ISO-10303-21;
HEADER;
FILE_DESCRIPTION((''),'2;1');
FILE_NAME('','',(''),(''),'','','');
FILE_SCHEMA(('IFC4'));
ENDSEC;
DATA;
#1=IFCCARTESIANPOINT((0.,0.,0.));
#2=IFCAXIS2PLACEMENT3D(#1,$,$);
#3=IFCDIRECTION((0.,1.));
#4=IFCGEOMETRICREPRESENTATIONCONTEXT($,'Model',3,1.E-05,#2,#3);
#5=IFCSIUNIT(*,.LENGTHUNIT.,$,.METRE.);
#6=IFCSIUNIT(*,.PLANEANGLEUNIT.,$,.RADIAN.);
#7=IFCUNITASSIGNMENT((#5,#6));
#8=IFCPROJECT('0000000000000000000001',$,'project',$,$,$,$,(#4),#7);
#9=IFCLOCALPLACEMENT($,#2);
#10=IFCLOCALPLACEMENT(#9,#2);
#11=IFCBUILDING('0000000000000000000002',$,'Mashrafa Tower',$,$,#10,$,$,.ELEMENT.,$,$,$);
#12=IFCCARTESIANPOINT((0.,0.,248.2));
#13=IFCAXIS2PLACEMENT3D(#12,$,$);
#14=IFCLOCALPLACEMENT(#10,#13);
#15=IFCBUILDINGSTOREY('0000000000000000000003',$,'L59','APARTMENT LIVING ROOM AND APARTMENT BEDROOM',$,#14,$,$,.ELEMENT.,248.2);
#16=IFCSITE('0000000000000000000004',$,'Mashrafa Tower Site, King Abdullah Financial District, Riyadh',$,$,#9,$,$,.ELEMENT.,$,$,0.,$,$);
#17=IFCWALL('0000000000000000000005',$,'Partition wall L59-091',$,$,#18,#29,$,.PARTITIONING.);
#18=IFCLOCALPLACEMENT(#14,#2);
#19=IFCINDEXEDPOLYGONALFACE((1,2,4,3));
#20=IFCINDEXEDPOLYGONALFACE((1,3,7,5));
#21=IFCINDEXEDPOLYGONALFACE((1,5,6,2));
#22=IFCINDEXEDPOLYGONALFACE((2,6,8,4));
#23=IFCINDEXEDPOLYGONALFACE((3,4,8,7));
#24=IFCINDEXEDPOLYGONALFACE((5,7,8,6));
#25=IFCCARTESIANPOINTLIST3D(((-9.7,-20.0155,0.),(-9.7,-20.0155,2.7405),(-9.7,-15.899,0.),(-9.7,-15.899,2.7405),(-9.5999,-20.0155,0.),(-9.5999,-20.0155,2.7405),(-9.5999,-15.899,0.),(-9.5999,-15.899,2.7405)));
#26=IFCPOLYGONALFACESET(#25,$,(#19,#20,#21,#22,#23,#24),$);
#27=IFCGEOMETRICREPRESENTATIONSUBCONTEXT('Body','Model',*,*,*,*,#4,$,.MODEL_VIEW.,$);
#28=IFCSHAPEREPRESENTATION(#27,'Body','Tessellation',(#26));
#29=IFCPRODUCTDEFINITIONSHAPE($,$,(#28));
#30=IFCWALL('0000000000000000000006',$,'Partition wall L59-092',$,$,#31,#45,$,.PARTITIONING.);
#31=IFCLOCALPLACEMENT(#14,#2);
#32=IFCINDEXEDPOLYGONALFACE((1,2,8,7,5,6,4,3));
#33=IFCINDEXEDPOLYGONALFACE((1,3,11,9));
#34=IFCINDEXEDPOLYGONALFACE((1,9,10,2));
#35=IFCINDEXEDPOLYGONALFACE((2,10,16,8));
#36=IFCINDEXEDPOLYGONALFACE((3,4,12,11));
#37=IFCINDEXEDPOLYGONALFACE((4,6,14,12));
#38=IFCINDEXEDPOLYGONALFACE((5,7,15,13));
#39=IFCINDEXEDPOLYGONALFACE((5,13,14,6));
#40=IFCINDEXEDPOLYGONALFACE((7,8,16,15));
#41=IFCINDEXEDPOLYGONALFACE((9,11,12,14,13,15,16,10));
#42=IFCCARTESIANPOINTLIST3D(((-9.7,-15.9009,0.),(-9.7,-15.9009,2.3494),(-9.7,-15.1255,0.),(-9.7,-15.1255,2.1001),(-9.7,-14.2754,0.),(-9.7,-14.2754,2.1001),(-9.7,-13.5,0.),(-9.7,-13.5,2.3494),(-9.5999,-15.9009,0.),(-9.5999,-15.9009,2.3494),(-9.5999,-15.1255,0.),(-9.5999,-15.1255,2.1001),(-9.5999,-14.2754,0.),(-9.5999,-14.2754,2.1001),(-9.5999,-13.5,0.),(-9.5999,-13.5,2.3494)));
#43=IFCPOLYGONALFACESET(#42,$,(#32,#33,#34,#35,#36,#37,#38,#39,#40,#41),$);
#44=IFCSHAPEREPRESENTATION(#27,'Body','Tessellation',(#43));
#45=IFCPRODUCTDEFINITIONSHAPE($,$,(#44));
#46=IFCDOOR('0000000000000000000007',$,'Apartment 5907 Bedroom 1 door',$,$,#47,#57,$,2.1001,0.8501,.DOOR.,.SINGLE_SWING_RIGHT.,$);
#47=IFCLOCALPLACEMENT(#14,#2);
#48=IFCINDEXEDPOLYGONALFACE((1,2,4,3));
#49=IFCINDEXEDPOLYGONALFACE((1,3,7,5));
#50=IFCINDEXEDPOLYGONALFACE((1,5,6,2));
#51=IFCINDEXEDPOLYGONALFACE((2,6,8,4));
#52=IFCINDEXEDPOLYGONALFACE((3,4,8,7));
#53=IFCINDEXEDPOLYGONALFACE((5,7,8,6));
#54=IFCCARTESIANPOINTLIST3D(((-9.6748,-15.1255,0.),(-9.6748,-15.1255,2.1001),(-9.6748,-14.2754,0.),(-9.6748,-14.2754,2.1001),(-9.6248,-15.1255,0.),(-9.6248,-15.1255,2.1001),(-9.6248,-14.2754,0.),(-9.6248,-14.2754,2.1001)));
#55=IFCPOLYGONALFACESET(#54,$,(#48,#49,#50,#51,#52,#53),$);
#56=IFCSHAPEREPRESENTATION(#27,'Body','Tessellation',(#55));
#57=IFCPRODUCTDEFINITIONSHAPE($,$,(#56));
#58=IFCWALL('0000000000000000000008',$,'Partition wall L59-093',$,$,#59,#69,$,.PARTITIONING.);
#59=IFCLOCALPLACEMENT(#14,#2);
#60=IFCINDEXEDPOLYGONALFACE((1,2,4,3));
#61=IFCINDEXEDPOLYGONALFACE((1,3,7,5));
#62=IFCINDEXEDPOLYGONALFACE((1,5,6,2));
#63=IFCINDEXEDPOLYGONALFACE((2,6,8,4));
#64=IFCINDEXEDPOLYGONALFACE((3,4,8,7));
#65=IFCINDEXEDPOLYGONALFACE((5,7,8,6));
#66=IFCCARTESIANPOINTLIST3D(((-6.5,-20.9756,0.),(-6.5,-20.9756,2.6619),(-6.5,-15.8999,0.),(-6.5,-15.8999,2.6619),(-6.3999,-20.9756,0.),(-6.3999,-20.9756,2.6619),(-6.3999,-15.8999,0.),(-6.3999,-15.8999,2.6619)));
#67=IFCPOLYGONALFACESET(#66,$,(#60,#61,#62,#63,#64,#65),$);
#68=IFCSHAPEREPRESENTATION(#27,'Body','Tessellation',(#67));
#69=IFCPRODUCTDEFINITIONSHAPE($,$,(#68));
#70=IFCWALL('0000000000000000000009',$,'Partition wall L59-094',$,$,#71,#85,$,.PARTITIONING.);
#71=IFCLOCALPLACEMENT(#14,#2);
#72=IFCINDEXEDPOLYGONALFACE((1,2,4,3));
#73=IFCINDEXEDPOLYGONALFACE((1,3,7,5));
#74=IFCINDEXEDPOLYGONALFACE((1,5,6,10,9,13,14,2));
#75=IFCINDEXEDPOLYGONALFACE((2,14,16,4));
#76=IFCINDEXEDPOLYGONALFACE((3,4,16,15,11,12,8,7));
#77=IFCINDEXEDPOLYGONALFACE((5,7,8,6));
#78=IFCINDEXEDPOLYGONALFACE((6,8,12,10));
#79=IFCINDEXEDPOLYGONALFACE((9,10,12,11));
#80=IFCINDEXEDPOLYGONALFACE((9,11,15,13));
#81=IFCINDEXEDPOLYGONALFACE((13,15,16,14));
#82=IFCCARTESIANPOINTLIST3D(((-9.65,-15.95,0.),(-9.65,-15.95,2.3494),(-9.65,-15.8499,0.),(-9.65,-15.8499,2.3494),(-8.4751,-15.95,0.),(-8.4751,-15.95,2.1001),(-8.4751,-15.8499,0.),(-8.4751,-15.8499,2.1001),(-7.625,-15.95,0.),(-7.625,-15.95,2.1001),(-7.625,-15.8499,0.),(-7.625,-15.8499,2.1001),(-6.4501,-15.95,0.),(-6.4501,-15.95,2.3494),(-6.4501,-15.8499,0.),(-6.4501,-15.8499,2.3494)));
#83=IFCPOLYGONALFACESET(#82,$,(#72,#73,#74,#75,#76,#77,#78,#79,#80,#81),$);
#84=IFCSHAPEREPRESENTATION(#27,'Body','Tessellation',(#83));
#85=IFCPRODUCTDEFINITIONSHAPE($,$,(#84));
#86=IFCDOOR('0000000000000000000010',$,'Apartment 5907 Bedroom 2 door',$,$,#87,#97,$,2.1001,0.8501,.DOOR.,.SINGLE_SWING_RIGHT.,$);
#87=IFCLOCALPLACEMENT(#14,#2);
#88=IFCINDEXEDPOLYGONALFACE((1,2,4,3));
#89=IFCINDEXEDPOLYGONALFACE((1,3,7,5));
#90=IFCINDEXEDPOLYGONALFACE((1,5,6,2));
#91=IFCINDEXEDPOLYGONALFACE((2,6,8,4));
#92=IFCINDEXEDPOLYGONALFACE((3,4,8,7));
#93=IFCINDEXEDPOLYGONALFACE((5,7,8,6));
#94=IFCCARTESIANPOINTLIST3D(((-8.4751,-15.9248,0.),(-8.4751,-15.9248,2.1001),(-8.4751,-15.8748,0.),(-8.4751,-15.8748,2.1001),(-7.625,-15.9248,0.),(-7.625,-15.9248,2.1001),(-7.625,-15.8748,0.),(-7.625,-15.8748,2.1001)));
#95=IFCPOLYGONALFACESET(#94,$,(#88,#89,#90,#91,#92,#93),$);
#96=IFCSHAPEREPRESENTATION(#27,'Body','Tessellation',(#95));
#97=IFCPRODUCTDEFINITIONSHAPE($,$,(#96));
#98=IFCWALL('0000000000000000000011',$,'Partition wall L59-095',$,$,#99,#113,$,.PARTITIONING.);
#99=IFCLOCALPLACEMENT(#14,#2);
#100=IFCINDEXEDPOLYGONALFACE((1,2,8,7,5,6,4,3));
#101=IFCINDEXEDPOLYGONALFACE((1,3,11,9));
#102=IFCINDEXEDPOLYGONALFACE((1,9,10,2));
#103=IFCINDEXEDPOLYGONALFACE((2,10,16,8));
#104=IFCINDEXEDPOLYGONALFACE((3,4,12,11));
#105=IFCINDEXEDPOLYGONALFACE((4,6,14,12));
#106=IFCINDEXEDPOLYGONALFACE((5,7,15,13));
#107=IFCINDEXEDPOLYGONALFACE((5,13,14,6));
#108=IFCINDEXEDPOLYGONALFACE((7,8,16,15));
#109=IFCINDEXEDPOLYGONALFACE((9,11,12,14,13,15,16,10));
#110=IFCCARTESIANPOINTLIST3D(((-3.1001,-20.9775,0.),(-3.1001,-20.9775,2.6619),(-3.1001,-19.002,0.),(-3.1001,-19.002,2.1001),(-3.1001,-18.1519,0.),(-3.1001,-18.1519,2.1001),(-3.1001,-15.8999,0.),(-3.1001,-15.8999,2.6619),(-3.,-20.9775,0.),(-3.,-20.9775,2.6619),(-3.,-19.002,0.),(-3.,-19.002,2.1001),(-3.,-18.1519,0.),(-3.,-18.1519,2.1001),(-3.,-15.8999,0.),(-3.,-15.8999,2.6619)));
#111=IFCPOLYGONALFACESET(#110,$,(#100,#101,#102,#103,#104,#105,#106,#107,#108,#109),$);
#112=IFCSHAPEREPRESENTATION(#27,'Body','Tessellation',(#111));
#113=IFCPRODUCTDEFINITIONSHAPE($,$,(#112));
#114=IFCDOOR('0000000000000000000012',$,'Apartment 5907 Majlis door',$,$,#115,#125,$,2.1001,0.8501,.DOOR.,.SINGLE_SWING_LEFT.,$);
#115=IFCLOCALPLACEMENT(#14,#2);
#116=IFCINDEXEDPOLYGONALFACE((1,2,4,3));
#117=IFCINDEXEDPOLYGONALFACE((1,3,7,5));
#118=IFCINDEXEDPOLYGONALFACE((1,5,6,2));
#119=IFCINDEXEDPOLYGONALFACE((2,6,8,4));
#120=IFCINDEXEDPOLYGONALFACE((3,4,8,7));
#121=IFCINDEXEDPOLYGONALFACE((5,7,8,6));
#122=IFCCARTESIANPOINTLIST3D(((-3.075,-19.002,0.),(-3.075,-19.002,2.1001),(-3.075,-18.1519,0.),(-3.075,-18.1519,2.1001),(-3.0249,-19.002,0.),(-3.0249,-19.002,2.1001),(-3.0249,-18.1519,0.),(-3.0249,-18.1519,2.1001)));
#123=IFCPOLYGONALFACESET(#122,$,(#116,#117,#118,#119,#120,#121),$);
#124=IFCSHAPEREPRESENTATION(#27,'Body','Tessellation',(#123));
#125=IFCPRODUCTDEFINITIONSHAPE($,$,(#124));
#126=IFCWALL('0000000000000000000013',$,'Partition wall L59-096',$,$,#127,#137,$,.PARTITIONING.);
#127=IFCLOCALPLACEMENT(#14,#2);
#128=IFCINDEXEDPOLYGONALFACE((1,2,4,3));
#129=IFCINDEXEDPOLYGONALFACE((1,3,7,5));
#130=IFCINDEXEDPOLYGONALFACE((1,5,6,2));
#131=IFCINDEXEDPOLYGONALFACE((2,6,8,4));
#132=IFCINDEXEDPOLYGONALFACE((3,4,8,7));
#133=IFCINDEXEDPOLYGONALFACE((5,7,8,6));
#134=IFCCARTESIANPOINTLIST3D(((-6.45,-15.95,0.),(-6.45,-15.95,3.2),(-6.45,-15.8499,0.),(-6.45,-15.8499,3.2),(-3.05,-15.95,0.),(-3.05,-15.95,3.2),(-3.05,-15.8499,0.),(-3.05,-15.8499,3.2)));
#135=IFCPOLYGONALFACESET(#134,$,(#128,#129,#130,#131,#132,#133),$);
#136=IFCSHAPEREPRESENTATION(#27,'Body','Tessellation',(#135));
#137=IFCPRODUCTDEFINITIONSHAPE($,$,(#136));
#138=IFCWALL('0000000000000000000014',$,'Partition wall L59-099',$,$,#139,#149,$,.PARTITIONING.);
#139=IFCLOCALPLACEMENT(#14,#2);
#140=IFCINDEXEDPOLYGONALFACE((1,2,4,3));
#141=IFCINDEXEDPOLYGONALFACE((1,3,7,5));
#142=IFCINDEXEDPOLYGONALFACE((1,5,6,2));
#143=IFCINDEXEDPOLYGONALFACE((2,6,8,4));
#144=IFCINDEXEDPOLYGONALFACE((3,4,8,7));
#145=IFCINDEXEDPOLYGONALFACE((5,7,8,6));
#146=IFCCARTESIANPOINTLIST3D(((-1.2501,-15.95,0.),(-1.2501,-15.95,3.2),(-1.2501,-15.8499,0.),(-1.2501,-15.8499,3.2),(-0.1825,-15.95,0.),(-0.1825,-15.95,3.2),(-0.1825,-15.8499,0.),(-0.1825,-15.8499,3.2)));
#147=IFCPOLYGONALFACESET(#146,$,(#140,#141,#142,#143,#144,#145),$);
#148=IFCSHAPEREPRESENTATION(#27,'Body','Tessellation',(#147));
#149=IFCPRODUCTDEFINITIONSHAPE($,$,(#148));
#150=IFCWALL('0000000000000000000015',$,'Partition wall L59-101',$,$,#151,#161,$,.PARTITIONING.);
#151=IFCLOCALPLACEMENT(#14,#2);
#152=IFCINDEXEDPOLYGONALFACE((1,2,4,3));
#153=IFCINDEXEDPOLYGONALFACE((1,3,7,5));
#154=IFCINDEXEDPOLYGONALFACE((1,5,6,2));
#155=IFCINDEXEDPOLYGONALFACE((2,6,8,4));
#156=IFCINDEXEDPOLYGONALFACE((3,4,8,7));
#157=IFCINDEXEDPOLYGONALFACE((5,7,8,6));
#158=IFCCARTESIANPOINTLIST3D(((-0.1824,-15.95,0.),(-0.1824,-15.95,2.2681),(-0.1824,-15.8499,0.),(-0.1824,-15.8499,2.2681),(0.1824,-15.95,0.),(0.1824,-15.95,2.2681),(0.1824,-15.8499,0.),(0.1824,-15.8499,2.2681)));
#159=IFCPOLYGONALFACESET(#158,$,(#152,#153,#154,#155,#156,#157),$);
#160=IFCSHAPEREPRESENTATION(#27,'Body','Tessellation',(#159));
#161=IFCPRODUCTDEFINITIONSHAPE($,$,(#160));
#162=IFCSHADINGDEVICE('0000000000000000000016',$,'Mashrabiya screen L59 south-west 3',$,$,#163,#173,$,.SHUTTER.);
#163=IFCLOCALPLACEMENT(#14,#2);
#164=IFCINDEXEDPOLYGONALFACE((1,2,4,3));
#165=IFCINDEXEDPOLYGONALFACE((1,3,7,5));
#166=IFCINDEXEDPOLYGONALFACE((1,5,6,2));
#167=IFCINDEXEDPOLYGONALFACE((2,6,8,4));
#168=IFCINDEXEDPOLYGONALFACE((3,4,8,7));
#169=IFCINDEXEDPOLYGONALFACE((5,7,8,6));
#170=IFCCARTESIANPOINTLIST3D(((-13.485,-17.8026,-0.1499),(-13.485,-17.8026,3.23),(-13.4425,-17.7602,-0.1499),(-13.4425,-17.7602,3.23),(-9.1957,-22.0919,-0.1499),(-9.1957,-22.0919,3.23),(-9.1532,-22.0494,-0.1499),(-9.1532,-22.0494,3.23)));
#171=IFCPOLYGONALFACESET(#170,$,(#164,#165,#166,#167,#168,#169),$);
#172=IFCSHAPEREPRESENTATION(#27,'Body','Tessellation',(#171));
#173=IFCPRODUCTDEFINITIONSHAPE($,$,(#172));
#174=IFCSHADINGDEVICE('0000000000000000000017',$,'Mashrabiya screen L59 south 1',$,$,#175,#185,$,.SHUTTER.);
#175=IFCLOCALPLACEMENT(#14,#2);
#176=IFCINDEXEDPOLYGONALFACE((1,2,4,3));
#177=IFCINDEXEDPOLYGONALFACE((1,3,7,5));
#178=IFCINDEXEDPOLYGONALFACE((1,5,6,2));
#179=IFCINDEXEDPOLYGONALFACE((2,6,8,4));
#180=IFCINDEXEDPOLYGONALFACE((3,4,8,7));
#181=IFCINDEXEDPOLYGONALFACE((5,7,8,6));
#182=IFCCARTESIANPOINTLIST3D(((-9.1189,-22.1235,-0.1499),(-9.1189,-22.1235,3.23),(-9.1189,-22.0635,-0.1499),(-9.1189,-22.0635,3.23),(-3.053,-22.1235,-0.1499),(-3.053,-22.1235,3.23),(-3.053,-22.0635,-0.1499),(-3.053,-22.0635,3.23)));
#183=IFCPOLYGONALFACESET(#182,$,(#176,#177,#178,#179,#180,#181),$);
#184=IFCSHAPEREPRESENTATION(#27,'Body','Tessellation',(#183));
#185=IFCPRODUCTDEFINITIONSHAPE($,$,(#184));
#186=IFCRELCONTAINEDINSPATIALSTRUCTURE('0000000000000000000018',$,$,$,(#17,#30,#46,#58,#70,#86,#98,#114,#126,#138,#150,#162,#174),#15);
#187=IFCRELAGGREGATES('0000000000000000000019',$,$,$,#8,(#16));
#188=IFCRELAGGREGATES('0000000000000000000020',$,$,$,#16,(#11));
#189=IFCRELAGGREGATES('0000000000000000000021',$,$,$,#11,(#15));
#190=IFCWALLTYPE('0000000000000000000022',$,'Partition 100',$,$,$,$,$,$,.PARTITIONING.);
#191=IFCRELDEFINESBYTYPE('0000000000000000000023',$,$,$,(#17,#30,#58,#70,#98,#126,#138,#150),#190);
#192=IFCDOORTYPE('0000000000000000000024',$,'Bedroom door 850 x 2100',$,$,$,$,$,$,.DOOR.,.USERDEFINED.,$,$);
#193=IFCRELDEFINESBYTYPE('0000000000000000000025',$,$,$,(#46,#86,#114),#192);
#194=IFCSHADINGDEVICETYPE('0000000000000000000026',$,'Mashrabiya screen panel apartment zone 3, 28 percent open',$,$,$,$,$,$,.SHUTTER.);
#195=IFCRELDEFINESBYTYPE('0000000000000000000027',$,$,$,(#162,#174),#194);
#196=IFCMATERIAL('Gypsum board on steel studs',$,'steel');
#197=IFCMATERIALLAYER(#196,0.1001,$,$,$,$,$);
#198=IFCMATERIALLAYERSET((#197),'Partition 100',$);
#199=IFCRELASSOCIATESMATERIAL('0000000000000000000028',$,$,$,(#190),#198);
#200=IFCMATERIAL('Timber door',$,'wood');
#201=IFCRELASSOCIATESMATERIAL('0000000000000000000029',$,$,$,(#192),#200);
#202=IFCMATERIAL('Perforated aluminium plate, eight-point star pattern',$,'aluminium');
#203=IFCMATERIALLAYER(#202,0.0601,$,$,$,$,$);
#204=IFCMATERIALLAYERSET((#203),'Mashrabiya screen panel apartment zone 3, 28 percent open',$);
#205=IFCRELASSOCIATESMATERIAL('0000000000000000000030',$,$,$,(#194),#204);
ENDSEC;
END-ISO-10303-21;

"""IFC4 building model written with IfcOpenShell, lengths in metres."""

from ifc_helpers import new_model, si_unit, direction, frame, frame_2d, origin, origin_2d, place, context, subcontext, project, spatial, rectangle, extrude, source, transform, mapped, material, layer, layer_set, type_object, type_shapes, element, fill, save


model = new_model("IFC4")

# Units and contexts
model_context = context("Model", 3, precision=1e-05, world=origin(), true_north=direction((0.0, 1.0)))
body_context = subcontext(model_context, "Body", "Model", "MODEL_VIEW")
ifc_project = project(units=[si_unit("LENGTHUNIT", "METRE"), si_unit("PLANEANGLEUNIT", "RADIAN")], contexts=[model_context])

# Site, building, storey
site_placement = place(None, origin())
site = spatial("IfcSite", under=ifc_project, at=site_placement, Name="Mashrafa Tower Site, King Abdullah Financial District, Riyadh", CompositionType="ELEMENT", RefElevation=0.0)
building_placement = place(site_placement, origin())
building = spatial("IfcBuilding", under=site, at=building_placement, Name="Mashrafa Tower", CompositionType="ELEMENT")
storey_placement = place(building_placement, frame((0.0, 0.0, 248.2)))
storey = spatial("IfcBuildingStorey", under=building, at=storey_placement, Name="L59", Description="APARTMENT LIVING ROOM AND APARTMENT BEDROOM", CompositionType="ELEMENT", Elevation=248.2)

# Wall
ifc_material_1 = material(Name="Gypsum board on steel studs", Category="steel")
ifc_layer_1 = layer(ifc_material_1, 0.1001)
ifc_layer_set_1 = layer_set([ifc_layer_1], Name="Partition 100")
wall_type = type_object("IfcWallType", Name="Partition 100", PredefinedType="PARTITIONING", material=ifc_layer_set_1)
wall_1_placement = place(storey_placement, frame((-9.6499, -20.0154, 0.0), z_axis=(0.0, 0.0, 1.0), x_axis=(0.0, 1.0, 0.0)))
element("IfcWall", 1, at=wall_1_placement, inside=storey, type_object=wall_type, Name="Partition wall L59-091", PredefinedType="PARTITIONING", context=body_context, shape_type="SweptSolid", body=[
    extrude(rectangle(XDim=4.1165, YDim=0.1001, at=frame_2d((2.0581, 0.0))), origin(), (0.0, 0.0, 1.0), 2.7405),
])

# Wall, opening, door
wall_2_placement = place(storey_placement, frame((-9.6499, -15.9009, 0.0), z_axis=(0.0, 0.0, 1.0), x_axis=(0.0, 1.0, 0.0)))
wall_2 = element("IfcWall", 2, at=wall_2_placement, inside=storey, type_object=wall_type, Name="Partition wall L59-092", PredefinedType="PARTITIONING", context=body_context, shape_type="SweptSolid", body=[
    extrude(rectangle(XDim=2.4009, YDim=0.1001, at=frame_2d((1.2004, 0.0))), origin(), (0.0, 0.0, 1.0), 2.3494),
])
opening_1_placement = place(wall_2_placement, frame((0.7754, 0.0, 0.0)))
opening_1 = element("IfcOpeningElement", 3, at=opening_1_placement, cuts=wall_2, PredefinedType="OPENING", context=body_context, shape_type="SweptSolid", body=[
    extrude(rectangle(XDim=0.8501, YDim=2.1001, at=frame_2d((0.425, 1.05))), frame((0.0, 0.0601, 0.0), z_axis=(0.0, -1.0, 0.0), x_axis=(1.0, 0.0, 0.0)), (0.0, 0.0, 1.0), 0.1201),
])
ifc_material_2 = material(Name="Timber door", Category="wood")
door_type = type_object("IfcDoorType", Name="Bedroom door 850 x 2100", OperationType="USERDEFINED", PredefinedType="DOOR", material=ifc_material_2)
door_1_placement = place(opening_1_placement, origin())
door_1 = element("IfcDoor", 4, at=door_1_placement, inside=storey, type_object=door_type, Name="Apartment 5907 Bedroom 1 door", OperationType="SINGLE_SWING_RIGHT", OverallHeight=2.1001, OverallWidth=0.8501, PredefinedType="DOOR", context=body_context, shape_type="SweptSolid", body=[
    extrude(rectangle(XDim=0.8501, YDim=2.1001, at=frame_2d((0.425, 1.05))), frame((0.0, 0.0249, 0.0), z_axis=(0.0, -1.0, 0.0), x_axis=(1.0, 0.0, 0.0)), (0.0, 0.0, 1.0), 0.05),
])
fill(opening_1, door_1)

# Wall
wall_3_placement = place(storey_placement, frame((-6.45, -20.9756, 0.0), z_axis=(0.0, 0.0, 1.0), x_axis=(0.0, 1.0, 0.0)))
element("IfcWall", 5, at=wall_3_placement, inside=storey, type_object=wall_type, Name="Partition wall L59-093", PredefinedType="PARTITIONING", context=body_context, shape_type="SweptSolid", body=[
    extrude(rectangle(XDim=5.0757, YDim=0.1001, at=frame_2d((2.5378, 0.0))), origin(), (0.0, 0.0, 1.0), 2.6619),
])

# Walls, openings, doors
wall_4_placement = place(storey_placement, frame((-6.45, -15.8999, 0.0), z_axis=(0.0, 0.0, 1.0), x_axis=(-1.0, 0.0, 0.0)))
wall_4 = element("IfcWall", 6, at=wall_4_placement, inside=storey, type_object=wall_type, Name="Partition wall L59-094", PredefinedType="PARTITIONING", context=body_context, shape_type="SweptSolid", body=[
    extrude(rectangle(XDim=3.2, YDim=0.1001, at=frame_2d((1.6001, 0.0))), origin(), (0.0, 0.0, 1.0), 2.3494),
])
opening_2_placement = place(wall_4_placement, frame((1.175, 0.0, 0.0)))
opening_2 = element("IfcOpeningElement", 7, at=opening_2_placement, cuts=wall_4, PredefinedType="OPENING", context=body_context, shape_type="SweptSolid", body=[
    extrude(rectangle(XDim=0.8501, YDim=2.1001, at=frame_2d((0.425, 1.05))), frame((0.0, 0.0601, 0.0), z_axis=(0.0, -1.0, 0.0), x_axis=(1.0, 0.0, 0.0)), (0.0, 0.0, 1.0), 0.1201),
])
door_2_placement = place(opening_2_placement, origin())
door_2 = element("IfcDoor", 8, at=door_2_placement, inside=storey, type_object=door_type, Name="Apartment 5907 Bedroom 2 door", OperationType="SINGLE_SWING_RIGHT", OverallHeight=2.1001, OverallWidth=0.8501, PredefinedType="DOOR", context=body_context, shape_type="SweptSolid", body=[
    extrude(rectangle(XDim=0.8501, YDim=2.1001, at=frame_2d((0.425, 1.05))), frame((0.0, 0.0249, 0.0), z_axis=(0.0, -1.0, 0.0), x_axis=(1.0, 0.0, 0.0)), (0.0, 0.0, 1.0), 0.05),
])
fill(opening_2, door_2)
wall_5_placement = place(storey_placement, frame((-3.05, -20.9775, 0.0), z_axis=(0.0, 0.0, 1.0), x_axis=(0.0, 1.0, 0.0)))
wall_5 = element("IfcWall", 9, at=wall_5_placement, inside=storey, type_object=wall_type, Name="Partition wall L59-095", PredefinedType="PARTITIONING", context=body_context, shape_type="SweptSolid", body=[
    extrude(rectangle(XDim=5.0776, YDim=0.1001, at=frame_2d((2.5388, 0.0))), origin(), (0.0, 0.0, 1.0), 2.6619),
])
opening_3_placement = place(wall_5_placement, frame((1.9756, 0.0, 0.0)))
opening_3 = element("IfcOpeningElement", 10, at=opening_3_placement, cuts=wall_5, PredefinedType="OPENING", context=body_context, shape_type="SweptSolid", body=[
    extrude(rectangle(XDim=0.8501, YDim=2.1001, at=frame_2d((0.425, 1.05))), frame((0.0, 0.0601, 0.0), z_axis=(0.0, -1.0, 0.0), x_axis=(1.0, 0.0, 0.0)), (0.0, 0.0, 1.0), 0.1201),
])
door_3_placement = place(opening_3_placement, origin())
door_3 = element("IfcDoor", 11, at=door_3_placement, inside=storey, type_object=door_type, Name="Apartment 5907 Majlis door", OperationType="SINGLE_SWING_LEFT", OverallHeight=2.1001, OverallWidth=0.8501, PredefinedType="DOOR", context=body_context, shape_type="SweptSolid", body=[
    extrude(rectangle(XDim=0.8501, YDim=2.1001, at=frame_2d((0.425, 1.05))), frame((0.0, 0.0249, 0.0), z_axis=(0.0, -1.0, 0.0), x_axis=(1.0, 0.0, 0.0)), (0.0, 0.0, 1.0), 0.05),
])
fill(opening_3, door_3)

# Walls
wall_6_placement = place(storey_placement, frame((-3.05, -15.8999, 0.0), z_axis=(0.0, 0.0, 1.0), x_axis=(-1.0, 0.0, 0.0)))
element("IfcWall", 12, at=wall_6_placement, inside=storey, type_object=wall_type, Name="Partition wall L59-096", PredefinedType="PARTITIONING", context=body_context, shape_type="SweptSolid", body=[
    extrude(rectangle(XDim=3.3999, YDim=0.1001, at=frame_2d((1.7, 0.0))), origin(), (0.0, 0.0, 1.0), 3.2),
])
wall_7_placement = place(storey_placement, frame((-1.25, -15.8999, 0.0), z_axis=(0.0, 0.0, 1.0), x_axis=(1.0, 0.0, 0.0)))
element("IfcWall", 13, at=wall_7_placement, inside=storey, type_object=wall_type, Name="Partition wall L59-099", PredefinedType="PARTITIONING", context=body_context, shape_type="SweptSolid", body=[
    extrude(rectangle(XDim=1.0676, YDim=0.1001, at=frame_2d((0.5337, 0.0))), origin(), (0.0, 0.0, 1.0), 3.2),
])
wall_8_placement = place(storey_placement, frame((-0.1824, -15.8999, 0.0), z_axis=(0.0, 0.0, 1.0), x_axis=(1.0, 0.0, 0.0)))
element("IfcWall", 14, at=wall_8_placement, inside=storey, type_object=wall_type, Name="Partition wall L59-101", PredefinedType="PARTITIONING", context=body_context, shape_type="SweptSolid", body=[
    extrude(rectangle(XDim=0.3647, YDim=0.1001, at=frame_2d((0.1824, 0.0))), origin(), (0.0, 0.0, 1.0), 2.2681),
])

# Shading devices
ifc_material_3 = material(Name="Perforated aluminium plate, eight-point star pattern", Category="aluminium")
ifc_layer_2 = layer(ifc_material_3, 0.0601)
ifc_layer_set_2 = layer_set([ifc_layer_2], Name="Mashrabiya screen panel apartment zone 3, 28 percent open")
shading_device_type = type_object("IfcShadingDeviceType", Name="Mashrabiya screen panel apartment zone 3, 28 percent open", PredefinedType="SHUTTER", material=ifc_layer_set_2)
shared_shape_1 = source(origin(), body_context, "Body", "SweptSolid", [
    extrude(rectangle(XDim=6.0659, YDim=0.0601, at=origin_2d()), origin(), (0.0, 0.0, 1.0), 3.3799),
])
type_shapes(shading_device_type, [shared_shape_1])
for number, where, z_axis, x_axis, name in (
    (15, (-11.3191, -19.926, -0.1499), (0.0, 0.0, 1.0), (0.707107, -0.707107, 0.0), "Mashrabiya screen L59 south-west 3"),
    (16, (-6.0859, -22.0935, -0.1499), (0.0, 0.0, 1.0), (1.0, 0.0, 0.0), "Mashrabiya screen L59 south 1"),
):
    element("IfcShadingDevice", number, at=place(storey_placement, frame(where, z_axis=z_axis, x_axis=x_axis)), inside=storey, type_object=shading_device_type, Name=name, PredefinedType="SHUTTER", context=body_context, shape_type="MappedRepresentation", body=[
        mapped(shared_shape_1, transform((0.0, 0.0, 0.0))),
    ])

save(model, "model.ifc")
